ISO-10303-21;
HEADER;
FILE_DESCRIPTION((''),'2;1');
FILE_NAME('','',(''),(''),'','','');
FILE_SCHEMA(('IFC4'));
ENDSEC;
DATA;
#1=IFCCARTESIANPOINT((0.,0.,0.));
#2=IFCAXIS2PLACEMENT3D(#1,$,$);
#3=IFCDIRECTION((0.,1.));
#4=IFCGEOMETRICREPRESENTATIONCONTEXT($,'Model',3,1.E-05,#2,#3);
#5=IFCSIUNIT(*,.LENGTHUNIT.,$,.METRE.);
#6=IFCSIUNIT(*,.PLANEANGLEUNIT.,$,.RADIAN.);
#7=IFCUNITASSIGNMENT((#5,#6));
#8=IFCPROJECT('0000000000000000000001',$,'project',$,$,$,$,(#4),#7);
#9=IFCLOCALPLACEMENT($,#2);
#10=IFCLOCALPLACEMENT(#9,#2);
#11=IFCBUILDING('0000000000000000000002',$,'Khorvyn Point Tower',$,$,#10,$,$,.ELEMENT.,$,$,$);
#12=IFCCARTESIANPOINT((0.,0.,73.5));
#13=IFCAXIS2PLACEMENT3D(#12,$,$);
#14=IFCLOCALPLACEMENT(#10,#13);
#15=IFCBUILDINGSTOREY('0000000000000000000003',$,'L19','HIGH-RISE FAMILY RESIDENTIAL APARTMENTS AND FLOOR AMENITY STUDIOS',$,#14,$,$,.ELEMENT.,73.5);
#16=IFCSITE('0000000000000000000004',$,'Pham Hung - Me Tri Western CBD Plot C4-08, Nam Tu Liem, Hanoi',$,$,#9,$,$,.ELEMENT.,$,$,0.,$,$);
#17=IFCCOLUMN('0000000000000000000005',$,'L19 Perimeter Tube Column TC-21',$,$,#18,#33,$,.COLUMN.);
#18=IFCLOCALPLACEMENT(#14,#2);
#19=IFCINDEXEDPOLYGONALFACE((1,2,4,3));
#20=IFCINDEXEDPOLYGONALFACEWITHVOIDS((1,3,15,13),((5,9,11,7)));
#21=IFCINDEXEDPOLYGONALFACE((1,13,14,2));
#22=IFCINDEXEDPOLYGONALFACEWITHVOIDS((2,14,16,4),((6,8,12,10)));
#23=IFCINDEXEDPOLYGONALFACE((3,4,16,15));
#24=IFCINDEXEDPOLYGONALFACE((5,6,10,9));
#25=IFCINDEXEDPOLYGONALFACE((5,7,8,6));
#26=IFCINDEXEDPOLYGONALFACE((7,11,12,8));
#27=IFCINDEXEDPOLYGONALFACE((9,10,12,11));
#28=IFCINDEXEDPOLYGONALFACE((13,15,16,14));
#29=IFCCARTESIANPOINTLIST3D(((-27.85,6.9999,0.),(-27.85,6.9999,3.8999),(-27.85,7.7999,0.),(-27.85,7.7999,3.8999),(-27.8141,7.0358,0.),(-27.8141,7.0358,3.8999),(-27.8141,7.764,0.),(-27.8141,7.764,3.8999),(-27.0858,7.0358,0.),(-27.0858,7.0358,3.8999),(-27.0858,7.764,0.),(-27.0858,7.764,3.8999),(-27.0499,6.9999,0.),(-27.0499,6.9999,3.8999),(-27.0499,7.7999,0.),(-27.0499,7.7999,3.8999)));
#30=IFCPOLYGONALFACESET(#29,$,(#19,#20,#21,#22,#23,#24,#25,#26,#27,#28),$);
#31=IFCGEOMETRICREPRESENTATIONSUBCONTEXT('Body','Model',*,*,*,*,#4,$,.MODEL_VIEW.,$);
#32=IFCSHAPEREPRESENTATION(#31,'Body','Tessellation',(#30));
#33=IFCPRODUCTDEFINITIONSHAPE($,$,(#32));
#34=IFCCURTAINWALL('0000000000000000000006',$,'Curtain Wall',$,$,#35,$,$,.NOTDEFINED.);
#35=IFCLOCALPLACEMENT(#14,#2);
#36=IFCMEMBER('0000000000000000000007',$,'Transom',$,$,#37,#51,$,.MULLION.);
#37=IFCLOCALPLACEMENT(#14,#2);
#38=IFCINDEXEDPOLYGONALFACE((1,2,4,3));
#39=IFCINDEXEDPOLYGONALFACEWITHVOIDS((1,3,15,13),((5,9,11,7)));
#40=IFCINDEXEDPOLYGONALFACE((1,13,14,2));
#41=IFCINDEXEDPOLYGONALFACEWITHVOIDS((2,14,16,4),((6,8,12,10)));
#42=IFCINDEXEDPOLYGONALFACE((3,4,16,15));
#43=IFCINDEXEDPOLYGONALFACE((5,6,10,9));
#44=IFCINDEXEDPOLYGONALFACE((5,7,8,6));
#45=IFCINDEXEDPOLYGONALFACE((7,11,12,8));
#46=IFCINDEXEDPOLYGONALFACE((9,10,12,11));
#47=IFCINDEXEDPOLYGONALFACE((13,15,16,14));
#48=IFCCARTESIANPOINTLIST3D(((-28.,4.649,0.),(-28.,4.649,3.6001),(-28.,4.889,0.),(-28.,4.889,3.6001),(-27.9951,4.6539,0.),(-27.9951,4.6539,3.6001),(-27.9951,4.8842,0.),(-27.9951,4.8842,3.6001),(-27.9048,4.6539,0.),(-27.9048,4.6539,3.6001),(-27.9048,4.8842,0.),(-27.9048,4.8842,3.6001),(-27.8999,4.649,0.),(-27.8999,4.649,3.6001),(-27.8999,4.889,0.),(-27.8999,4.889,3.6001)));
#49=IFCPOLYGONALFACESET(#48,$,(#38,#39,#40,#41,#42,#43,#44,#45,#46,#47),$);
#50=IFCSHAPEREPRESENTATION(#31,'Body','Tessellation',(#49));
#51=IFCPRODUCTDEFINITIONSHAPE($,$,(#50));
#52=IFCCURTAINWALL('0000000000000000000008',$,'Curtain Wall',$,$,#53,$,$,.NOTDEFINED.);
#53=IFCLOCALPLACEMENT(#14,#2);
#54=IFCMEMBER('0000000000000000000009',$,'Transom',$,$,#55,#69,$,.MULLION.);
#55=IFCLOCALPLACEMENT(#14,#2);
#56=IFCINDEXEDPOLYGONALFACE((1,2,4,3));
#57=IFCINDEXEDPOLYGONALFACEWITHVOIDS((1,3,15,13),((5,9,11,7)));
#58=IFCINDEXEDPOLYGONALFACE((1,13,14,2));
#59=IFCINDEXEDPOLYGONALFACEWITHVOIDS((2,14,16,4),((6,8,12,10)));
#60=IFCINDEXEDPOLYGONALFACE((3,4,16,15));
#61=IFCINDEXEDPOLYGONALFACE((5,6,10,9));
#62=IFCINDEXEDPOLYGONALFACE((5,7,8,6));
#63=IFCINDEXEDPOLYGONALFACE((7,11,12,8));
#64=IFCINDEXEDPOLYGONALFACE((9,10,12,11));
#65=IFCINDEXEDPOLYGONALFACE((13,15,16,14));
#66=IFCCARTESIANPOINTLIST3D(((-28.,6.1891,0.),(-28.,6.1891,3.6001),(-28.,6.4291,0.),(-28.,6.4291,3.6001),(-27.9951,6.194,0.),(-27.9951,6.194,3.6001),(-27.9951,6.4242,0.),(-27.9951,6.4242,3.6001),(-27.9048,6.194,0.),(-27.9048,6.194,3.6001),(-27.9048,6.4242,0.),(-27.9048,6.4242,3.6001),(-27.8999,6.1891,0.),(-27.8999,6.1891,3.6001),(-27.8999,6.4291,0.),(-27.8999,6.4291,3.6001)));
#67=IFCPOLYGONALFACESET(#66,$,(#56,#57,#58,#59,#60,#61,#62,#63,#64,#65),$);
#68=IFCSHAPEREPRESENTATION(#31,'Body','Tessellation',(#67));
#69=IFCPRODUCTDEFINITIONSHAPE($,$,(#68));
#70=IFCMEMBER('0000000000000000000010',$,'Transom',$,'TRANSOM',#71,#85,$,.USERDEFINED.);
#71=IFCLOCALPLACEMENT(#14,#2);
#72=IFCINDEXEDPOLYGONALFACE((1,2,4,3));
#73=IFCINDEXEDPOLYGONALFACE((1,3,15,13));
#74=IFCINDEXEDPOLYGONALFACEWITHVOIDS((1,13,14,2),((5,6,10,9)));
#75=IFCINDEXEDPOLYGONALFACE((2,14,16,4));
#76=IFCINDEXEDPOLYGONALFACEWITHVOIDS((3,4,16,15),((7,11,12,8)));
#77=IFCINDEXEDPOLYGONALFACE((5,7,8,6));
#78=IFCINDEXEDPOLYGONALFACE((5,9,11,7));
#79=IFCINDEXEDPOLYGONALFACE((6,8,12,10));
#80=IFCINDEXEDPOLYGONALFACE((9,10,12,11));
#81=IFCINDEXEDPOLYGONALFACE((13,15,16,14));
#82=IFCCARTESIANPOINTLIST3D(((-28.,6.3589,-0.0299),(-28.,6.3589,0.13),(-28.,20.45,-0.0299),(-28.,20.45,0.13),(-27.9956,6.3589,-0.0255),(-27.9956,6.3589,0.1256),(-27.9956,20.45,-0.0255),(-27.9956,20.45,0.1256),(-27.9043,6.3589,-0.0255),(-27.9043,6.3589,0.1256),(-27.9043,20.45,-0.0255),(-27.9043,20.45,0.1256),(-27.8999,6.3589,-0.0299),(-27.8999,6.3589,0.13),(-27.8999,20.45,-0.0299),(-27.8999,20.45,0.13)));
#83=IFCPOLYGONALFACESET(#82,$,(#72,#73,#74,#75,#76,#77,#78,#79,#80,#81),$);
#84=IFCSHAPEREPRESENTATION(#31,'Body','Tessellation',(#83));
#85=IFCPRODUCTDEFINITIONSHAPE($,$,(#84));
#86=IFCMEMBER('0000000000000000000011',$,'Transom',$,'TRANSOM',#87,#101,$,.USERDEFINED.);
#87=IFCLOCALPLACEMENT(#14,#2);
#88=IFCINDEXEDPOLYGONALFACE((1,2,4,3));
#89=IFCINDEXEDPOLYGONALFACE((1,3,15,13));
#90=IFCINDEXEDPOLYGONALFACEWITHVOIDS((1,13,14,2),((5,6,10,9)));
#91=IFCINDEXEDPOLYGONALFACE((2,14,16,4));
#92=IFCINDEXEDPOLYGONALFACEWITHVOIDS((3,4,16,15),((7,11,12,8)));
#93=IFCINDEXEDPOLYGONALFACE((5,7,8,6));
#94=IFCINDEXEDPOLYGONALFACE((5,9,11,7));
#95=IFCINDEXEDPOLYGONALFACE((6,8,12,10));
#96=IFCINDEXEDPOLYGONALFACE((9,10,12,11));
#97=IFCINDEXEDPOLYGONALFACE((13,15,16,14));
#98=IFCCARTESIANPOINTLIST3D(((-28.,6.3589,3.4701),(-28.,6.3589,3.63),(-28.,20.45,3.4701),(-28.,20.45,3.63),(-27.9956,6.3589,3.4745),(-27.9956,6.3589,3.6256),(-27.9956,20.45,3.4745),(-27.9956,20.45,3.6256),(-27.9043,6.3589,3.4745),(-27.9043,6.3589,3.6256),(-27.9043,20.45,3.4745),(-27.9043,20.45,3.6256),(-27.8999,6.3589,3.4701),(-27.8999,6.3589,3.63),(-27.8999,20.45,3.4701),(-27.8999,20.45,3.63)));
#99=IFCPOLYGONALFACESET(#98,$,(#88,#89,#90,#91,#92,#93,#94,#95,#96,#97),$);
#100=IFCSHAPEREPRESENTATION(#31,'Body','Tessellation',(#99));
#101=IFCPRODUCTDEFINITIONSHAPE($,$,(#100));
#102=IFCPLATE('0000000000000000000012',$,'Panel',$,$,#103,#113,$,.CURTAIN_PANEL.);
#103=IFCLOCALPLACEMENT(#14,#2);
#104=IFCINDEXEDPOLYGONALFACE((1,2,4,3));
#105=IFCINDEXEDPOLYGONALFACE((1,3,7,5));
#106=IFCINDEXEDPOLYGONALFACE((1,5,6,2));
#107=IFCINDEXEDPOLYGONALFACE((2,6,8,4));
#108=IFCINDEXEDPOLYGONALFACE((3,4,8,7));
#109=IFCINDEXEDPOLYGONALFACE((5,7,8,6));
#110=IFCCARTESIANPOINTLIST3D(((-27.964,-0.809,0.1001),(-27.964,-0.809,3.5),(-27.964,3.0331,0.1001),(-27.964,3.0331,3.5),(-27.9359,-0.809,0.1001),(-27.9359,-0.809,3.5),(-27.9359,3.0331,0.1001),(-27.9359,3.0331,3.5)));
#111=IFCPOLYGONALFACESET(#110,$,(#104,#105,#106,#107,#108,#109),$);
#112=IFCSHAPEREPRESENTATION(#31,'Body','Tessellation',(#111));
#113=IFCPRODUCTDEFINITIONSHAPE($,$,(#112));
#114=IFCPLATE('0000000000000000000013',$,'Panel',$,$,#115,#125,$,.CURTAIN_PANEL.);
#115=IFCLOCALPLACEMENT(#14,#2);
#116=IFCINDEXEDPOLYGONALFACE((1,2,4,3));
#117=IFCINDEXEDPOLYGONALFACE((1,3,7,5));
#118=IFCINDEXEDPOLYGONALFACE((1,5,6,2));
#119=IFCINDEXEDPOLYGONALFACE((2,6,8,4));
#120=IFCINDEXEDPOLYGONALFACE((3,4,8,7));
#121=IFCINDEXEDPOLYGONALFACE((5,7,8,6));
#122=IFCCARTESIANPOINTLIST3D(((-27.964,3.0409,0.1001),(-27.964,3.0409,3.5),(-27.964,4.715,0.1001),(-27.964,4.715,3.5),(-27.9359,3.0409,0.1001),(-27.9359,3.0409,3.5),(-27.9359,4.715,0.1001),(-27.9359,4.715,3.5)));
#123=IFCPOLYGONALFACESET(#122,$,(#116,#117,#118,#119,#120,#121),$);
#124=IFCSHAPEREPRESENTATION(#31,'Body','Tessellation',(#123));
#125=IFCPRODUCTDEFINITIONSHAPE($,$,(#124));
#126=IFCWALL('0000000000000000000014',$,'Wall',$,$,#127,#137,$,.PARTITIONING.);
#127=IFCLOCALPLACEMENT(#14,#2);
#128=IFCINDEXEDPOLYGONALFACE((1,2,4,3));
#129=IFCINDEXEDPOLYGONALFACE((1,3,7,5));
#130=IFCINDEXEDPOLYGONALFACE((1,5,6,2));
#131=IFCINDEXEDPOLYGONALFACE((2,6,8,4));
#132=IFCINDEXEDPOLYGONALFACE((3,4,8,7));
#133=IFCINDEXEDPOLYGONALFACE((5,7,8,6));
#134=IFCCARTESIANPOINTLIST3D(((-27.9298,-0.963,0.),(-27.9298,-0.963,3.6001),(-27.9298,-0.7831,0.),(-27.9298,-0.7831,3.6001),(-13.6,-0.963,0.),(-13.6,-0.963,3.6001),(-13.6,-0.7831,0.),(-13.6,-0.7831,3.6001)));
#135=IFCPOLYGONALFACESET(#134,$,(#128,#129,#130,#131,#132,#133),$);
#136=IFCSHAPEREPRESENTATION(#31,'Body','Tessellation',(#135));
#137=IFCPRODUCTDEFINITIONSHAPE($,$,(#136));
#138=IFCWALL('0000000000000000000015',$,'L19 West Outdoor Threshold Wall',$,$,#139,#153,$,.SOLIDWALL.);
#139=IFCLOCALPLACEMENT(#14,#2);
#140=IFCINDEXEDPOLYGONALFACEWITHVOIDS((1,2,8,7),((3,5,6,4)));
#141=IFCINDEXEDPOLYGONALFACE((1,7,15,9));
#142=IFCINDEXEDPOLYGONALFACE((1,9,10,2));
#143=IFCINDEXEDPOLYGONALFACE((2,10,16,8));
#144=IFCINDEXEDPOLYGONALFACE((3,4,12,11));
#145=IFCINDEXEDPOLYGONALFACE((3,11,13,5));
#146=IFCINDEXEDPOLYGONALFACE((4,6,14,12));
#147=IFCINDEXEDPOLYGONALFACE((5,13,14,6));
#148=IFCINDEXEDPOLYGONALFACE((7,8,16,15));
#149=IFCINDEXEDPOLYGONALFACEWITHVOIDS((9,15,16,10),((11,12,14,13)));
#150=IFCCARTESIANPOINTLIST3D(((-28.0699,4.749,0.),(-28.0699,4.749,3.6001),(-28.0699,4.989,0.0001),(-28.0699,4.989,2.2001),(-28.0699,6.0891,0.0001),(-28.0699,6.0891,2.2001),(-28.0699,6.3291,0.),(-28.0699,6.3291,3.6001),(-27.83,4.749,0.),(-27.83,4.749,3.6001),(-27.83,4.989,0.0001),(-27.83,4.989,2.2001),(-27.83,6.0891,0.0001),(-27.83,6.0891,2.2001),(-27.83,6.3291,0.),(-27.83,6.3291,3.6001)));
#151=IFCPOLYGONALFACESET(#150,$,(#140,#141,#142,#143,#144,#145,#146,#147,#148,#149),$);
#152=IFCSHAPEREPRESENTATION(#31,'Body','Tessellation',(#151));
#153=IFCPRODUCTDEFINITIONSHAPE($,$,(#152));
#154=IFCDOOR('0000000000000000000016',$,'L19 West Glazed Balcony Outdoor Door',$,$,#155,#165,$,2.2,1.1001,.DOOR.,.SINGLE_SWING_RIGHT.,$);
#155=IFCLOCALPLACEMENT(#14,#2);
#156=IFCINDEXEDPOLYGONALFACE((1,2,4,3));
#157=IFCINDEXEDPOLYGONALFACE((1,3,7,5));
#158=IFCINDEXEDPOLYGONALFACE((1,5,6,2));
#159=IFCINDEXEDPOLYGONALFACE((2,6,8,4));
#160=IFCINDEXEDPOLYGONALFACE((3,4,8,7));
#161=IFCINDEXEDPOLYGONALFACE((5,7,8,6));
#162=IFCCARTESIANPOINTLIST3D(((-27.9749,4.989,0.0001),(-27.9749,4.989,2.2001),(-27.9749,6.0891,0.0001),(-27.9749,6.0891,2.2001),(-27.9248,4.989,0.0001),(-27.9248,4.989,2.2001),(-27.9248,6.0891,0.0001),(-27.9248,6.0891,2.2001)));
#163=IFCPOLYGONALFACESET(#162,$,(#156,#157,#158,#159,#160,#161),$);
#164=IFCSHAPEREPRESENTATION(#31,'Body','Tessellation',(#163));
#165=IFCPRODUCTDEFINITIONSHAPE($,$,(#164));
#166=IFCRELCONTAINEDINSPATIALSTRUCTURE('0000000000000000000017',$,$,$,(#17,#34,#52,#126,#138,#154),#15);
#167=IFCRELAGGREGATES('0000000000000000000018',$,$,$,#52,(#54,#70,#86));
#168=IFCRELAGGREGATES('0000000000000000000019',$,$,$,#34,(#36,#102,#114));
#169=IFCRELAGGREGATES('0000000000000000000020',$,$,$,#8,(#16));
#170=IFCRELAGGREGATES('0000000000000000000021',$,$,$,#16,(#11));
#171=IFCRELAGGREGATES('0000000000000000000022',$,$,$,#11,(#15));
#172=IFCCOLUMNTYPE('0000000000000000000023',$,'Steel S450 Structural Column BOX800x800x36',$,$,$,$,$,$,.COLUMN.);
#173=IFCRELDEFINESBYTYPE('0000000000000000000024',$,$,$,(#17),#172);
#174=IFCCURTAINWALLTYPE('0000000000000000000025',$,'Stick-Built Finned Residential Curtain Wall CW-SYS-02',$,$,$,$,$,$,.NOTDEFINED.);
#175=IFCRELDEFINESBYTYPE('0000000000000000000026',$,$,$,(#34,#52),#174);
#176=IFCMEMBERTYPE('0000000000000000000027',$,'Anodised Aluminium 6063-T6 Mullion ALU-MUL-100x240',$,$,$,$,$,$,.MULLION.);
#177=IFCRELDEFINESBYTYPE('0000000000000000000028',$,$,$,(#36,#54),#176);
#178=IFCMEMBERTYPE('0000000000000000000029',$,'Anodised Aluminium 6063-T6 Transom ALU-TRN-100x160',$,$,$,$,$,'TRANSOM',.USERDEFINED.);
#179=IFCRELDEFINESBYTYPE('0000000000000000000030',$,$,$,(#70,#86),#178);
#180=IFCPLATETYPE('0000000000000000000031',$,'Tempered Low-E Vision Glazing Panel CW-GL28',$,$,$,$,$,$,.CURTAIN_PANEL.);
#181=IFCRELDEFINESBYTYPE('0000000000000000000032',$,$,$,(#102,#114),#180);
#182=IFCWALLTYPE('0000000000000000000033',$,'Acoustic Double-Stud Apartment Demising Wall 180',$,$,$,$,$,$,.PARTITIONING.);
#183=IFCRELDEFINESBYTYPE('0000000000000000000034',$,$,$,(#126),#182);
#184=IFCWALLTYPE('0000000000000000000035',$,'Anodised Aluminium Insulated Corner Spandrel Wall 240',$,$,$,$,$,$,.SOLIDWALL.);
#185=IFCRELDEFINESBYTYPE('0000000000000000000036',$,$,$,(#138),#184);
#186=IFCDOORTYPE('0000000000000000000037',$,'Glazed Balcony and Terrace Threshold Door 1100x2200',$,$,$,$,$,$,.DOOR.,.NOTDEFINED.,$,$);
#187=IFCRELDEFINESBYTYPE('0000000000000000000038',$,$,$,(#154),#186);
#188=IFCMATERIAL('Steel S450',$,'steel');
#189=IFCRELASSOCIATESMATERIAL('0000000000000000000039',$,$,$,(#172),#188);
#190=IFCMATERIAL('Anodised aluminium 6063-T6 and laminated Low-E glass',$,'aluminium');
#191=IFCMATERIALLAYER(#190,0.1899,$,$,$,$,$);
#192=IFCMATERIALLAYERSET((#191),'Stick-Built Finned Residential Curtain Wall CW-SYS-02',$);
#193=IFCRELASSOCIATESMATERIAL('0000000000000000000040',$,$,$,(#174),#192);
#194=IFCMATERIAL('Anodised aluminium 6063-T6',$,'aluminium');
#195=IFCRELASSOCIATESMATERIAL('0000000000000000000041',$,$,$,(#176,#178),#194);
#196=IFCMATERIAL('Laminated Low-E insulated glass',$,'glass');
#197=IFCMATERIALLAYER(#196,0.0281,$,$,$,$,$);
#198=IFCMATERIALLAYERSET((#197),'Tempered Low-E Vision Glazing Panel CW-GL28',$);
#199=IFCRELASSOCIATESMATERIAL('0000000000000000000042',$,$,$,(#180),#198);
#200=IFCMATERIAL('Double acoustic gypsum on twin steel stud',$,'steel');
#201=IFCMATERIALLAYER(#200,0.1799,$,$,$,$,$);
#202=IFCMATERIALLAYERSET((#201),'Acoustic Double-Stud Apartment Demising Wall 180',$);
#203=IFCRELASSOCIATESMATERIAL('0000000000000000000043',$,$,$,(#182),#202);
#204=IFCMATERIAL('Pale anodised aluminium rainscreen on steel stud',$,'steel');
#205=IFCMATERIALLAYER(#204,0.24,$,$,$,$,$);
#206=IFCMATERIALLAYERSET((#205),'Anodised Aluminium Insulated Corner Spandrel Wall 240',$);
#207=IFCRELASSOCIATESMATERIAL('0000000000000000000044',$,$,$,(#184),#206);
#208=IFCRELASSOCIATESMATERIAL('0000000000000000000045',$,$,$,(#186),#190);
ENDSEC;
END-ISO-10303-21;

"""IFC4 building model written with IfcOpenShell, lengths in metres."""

from ifc_helpers import new_model, si_unit, direction, frame, frame_2d, origin, origin_2d, place, context, subcontext, project, spatial, rectangle, hollow_rectangle, extrude, material, layer, layer_set, material_profile, profile_set, type_object, element, fill, aggregate, save


model = new_model("IFC4")

# Units and contexts
model_context = context("Model", 3, precision=1e-05, world=origin(), true_north=direction((0.0, 1.0)))
body_context = subcontext(model_context, "Body", "Model", "MODEL_VIEW")
ifc_project = project(units=[si_unit("LENGTHUNIT", "METRE"), si_unit("PLANEANGLEUNIT", "RADIAN")], contexts=[model_context])

# Site, building, storey
site_placement = place(None, origin())
site = spatial("IfcSite", under=ifc_project, at=site_placement, Name="Pham Hung - Me Tri Western CBD Plot C4-08, Nam Tu Liem, Hanoi", CompositionType="ELEMENT", RefElevation=0.0)
building_placement = place(site_placement, origin())
building = spatial("IfcBuilding", under=site, at=building_placement, Name="Khorvyn Point Tower", CompositionType="ELEMENT")
storey_placement = place(building_placement, frame((0.0, 0.0, 73.5)))
storey = spatial("IfcBuildingStorey", under=building, at=storey_placement, Name="L19", Description="HIGH-RISE FAMILY RESIDENTIAL APARTMENTS AND FLOOR AMENITY STUDIOS", CompositionType="ELEMENT", Elevation=73.5)

# Column
ifc_material_1 = material(Name="Steel S450", Category="steel")
ifc_material_profile_1 = material_profile(ifc_material_1, hollow_rectangle(XDim=0.8, YDim=0.8, WallThickness=0.0359, at=origin_2d()))
ifc_profile_set_1 = profile_set([ifc_material_profile_1], Name="Steel S450 BOX800x800x36")
column_type = type_object("IfcColumnType", Name="Steel S450 Structural Column BOX800x800x36", PredefinedType="COLUMN", material=ifc_profile_set_1)
column_placement = place(storey_placement, frame((-27.45, 7.3999, 0.0), z_axis=(0.0, 0.0, 1.0), x_axis=(1.0, 0.0, 0.0)))
element("IfcColumn", 1, at=column_placement, inside=storey, type_object=column_type, Name="L19 Perimeter Tube Column TC-21", PredefinedType="COLUMN", context=body_context, shape_type="SweptSolid", body=[
    extrude(hollow_rectangle(XDim=0.8, YDim=0.8, WallThickness=0.0359, at=origin_2d()), origin(), (0.0, 0.0, 1.0), 3.8999),
])

# Curtain wall, member
ifc_material_2 = material(Name="Anodised aluminium 6063-T6 and laminated Low-E glass", Category="aluminium")
ifc_layer_1 = layer(ifc_material_2, 0.1899)
ifc_layer_set_1 = layer_set([ifc_layer_1], Name="Stick-Built Finned Residential Curtain Wall CW-SYS-02")
curtain_wall_type = type_object("IfcCurtainWallType", Name="Stick-Built Finned Residential Curtain Wall CW-SYS-02", PredefinedType="NOTDEFINED", material=ifc_layer_set_1)
curtain_wall_1_placement = place(storey_placement, origin())
curtain_wall_1 = element("IfcCurtainWall", 2, at=curtain_wall_1_placement, inside=storey, type_object=curtain_wall_type, Name="Curtain Wall", PredefinedType="NOTDEFINED")
ifc_material_3 = material(Name="Anodised aluminium 6063-T6", Category="aluminium")
ifc_material_profile_2 = material_profile(ifc_material_3, hollow_rectangle(XDim=0.1001, YDim=0.24, WallThickness=0.0049, at=origin_2d()))
ifc_profile_set_2 = profile_set([ifc_material_profile_2], Name="Anodised aluminium 6063-T6 ALU-MUL-100x240")
member_type_1 = type_object("IfcMemberType", Name="Anodised Aluminium 6063-T6 Mullion ALU-MUL-100x240", PredefinedType="MULLION", material=ifc_profile_set_2)
member_1_placement = place(storey_placement, frame((-27.95, 4.769, 0.0), z_axis=(0.0, 0.0, 1.0), x_axis=(-1.0, 0.0, 0.0)))
member_1 = element("IfcMember", 3, at=member_1_placement, type_object=member_type_1, Name="Transom", PredefinedType="MULLION", context=body_context, shape_type="SweptSolid", body=[
    extrude(hollow_rectangle(XDim=0.1001, YDim=0.24, WallThickness=0.0049, at=origin_2d()), origin(), (0.0, 0.0, 1.0), 3.6001),
])

# Curtain wall, members
curtain_wall_2_placement = place(storey_placement, origin())
curtain_wall_2 = element("IfcCurtainWall", 4, at=curtain_wall_2_placement, inside=storey, type_object=curtain_wall_type, Name="Curtain Wall", PredefinedType="NOTDEFINED")
member_2_placement = place(storey_placement, frame((-27.95, 6.3091, 0.0), z_axis=(0.0, 0.0, 1.0), x_axis=(-1.0, 0.0, 0.0)))
member_2 = element("IfcMember", 5, at=member_2_placement, type_object=member_type_1, Name="Transom", PredefinedType="MULLION", context=body_context, shape_type="SweptSolid", body=[
    extrude(hollow_rectangle(XDim=0.1001, YDim=0.24, WallThickness=0.0049, at=origin_2d()), origin(), (0.0, 0.0, 1.0), 3.6001),
])
ifc_material_profile_3 = material_profile(ifc_material_3, hollow_rectangle(XDim=0.1001, YDim=0.1599, WallThickness=0.0044, at=origin_2d()))
ifc_profile_set_3 = profile_set([ifc_material_profile_3], Name="Anodised aluminium 6063-T6 ALU-TRN-100x160")
member_type_2 = type_object("IfcMemberType", Name="Anodised Aluminium 6063-T6 Transom ALU-TRN-100x160", ElementType="TRANSOM", PredefinedType="USERDEFINED", material=ifc_profile_set_3)
member_3_placement = place(storey_placement, frame((-27.95, 6.3589, 0.05), z_axis=(0.0, 1.0, 0.0), x_axis=(-1.0, 0.0, 0.0)))
member_3 = element("IfcMember", 6, at=member_3_placement, type_object=member_type_2, Name="Transom", ObjectType="TRANSOM", PredefinedType="USERDEFINED", context=body_context, shape_type="SweptSolid", body=[
    extrude(hollow_rectangle(XDim=0.1001, YDim=0.1599, WallThickness=0.0044, at=origin_2d()), origin(), (0.0, 0.0, 1.0), 14.0911),
])
member_4_placement = place(storey_placement, frame((-27.95, 6.3589, 3.55), z_axis=(0.0, 1.0, 0.0), x_axis=(-1.0, 0.0, 0.0)))
member_4 = element("IfcMember", 7, at=member_4_placement, type_object=member_type_2, Name="Transom", ObjectType="TRANSOM", PredefinedType="USERDEFINED", context=body_context, shape_type="SweptSolid", body=[
    extrude(hollow_rectangle(XDim=0.1001, YDim=0.1599, WallThickness=0.0044, at=origin_2d()), origin(), (0.0, 0.0, 1.0), 14.0911),
])
aggregate(curtain_wall_2, [member_2, member_3, member_4])

# Plates
ifc_material_4 = material(Name="Laminated Low-E insulated glass", Category="glass")
ifc_layer_2 = layer(ifc_material_4, 0.0281)
ifc_layer_set_2 = layer_set([ifc_layer_2], Name="Tempered Low-E Vision Glazing Panel CW-GL28")
plate_type = type_object("IfcPlateType", Name="Tempered Low-E Vision Glazing Panel CW-GL28", PredefinedType="CURTAIN_PANEL", material=ifc_layer_set_2)
plate_1_placement = place(storey_placement, frame((-27.95, 1.1121, 0.1001), z_axis=(0.0, 0.0, 1.0), x_axis=(0.0, 1.0, 0.0)))
plate_1 = element("IfcPlate", 8, at=plate_1_placement, type_object=plate_type, Name="Panel", PredefinedType="CURTAIN_PANEL", context=body_context, shape_type="SweptSolid", body=[
    extrude(rectangle(XDim=3.842, YDim=0.0281, at=origin_2d()), origin(), (0.0, 0.0, 1.0), 3.3999),
])
plate_2_placement = place(storey_placement, frame((-27.95, 3.8779, 0.1001), z_axis=(0.0, 0.0, 1.0), x_axis=(0.0, 1.0, 0.0)))
plate_2 = element("IfcPlate", 9, at=plate_2_placement, type_object=plate_type, Name="Panel", PredefinedType="CURTAIN_PANEL", context=body_context, shape_type="SweptSolid", body=[
    extrude(rectangle(XDim=1.6741, YDim=0.0281, at=origin_2d()), origin(), (0.0, 0.0, 1.0), 3.3999),
])
aggregate(curtain_wall_1, [member_1, plate_1, plate_2])

# Wall
ifc_material_5 = material(Name="Double acoustic gypsum on twin steel stud", Category="steel")
ifc_layer_3 = layer(ifc_material_5, 0.1799)
ifc_layer_set_3 = layer_set([ifc_layer_3], Name="Acoustic Double-Stud Apartment Demising Wall 180")
wall_type_1 = type_object("IfcWallType", Name="Acoustic Double-Stud Apartment Demising Wall 180", PredefinedType="PARTITIONING", material=ifc_layer_set_3)
wall_1_placement = place(storey_placement, frame((-27.9299, -0.873, 0.0), z_axis=(0.0, 0.0, 1.0), x_axis=(1.0, 0.0, 0.0)))
element("IfcWall", 10, at=wall_1_placement, inside=storey, type_object=wall_type_1, Name="Wall", PredefinedType="PARTITIONING", context=body_context, shape_type="SweptSolid", body=[
    extrude(rectangle(XDim=14.3298, YDim=0.1799, at=frame_2d((7.165, 0.0))), origin(), (0.0, 0.0, 1.0), 3.6001),
])

# Wall, opening, door
ifc_material_6 = material(Name="Pale anodised aluminium rainscreen on steel stud", Category="steel")
ifc_layer_4 = layer(ifc_material_6, 0.24)
ifc_layer_set_4 = layer_set([ifc_layer_4], Name="Anodised Aluminium Insulated Corner Spandrel Wall 240")
wall_type_2 = type_object("IfcWallType", Name="Anodised Aluminium Insulated Corner Spandrel Wall 240", PredefinedType="SOLIDWALL", material=ifc_layer_set_4)
wall_2_placement = place(storey_placement, frame((-27.95, 4.749, 0.0), z_axis=(0.0, 0.0, 1.0), x_axis=(0.0, 1.0, 0.0)))
wall_2 = element("IfcWall", 11, at=wall_2_placement, inside=storey, type_object=wall_type_2, Name="L19 West Outdoor Threshold Wall", PredefinedType="SOLIDWALL", context=body_context, shape_type="SweptSolid", body=[
    extrude(rectangle(XDim=1.5801, YDim=0.24, at=frame_2d((0.79, 0.0))), origin(), (0.0, 0.0, 1.0), 3.6001),
])
opening_1_placement = place(wall_2_placement, frame((0.24, 0.0, 0.0)))
opening_1 = element("IfcOpeningElement", 12, at=opening_1_placement, cuts=wall_2, PredefinedType="OPENING", context=body_context, shape_type="SweptSolid", body=[
    extrude(rectangle(XDim=1.1001, YDim=2.2, at=frame_2d((0.55, 1.1001))), frame((0.0, 0.1299, 0.0), z_axis=(0.0, -1.0, 0.0), x_axis=(1.0, 0.0, 0.0)), (0.0, 0.0, 1.0), 0.26),
])
door_type_1 = type_object("IfcDoorType", Name="Glazed Balcony and Terrace Threshold Door 1100x2200", OperationType="NOTDEFINED", PredefinedType="DOOR", material=ifc_material_2)
door_1_placement = place(opening_1_placement, origin())
door_1 = element("IfcDoor", 13, at=door_1_placement, inside=storey, type_object=door_type_1, Name="L19 West Glazed Balcony Outdoor Door", OperationType="SINGLE_SWING_RIGHT", OverallHeight=2.2, OverallWidth=1.1001, PredefinedType="DOOR", context=body_context, shape_type="SweptSolid", body=[
    extrude(rectangle(XDim=1.1001, YDim=2.2, at=frame_2d((0.55, 1.1001))), frame((0.0, 0.0249, 0.0), z_axis=(0.0, -1.0, 0.0), x_axis=(1.0, 0.0, 0.0)), (0.0, 0.0, 1.0), 0.05),
])
fill(opening_1, door_1)

save(model, "model.ifc")
